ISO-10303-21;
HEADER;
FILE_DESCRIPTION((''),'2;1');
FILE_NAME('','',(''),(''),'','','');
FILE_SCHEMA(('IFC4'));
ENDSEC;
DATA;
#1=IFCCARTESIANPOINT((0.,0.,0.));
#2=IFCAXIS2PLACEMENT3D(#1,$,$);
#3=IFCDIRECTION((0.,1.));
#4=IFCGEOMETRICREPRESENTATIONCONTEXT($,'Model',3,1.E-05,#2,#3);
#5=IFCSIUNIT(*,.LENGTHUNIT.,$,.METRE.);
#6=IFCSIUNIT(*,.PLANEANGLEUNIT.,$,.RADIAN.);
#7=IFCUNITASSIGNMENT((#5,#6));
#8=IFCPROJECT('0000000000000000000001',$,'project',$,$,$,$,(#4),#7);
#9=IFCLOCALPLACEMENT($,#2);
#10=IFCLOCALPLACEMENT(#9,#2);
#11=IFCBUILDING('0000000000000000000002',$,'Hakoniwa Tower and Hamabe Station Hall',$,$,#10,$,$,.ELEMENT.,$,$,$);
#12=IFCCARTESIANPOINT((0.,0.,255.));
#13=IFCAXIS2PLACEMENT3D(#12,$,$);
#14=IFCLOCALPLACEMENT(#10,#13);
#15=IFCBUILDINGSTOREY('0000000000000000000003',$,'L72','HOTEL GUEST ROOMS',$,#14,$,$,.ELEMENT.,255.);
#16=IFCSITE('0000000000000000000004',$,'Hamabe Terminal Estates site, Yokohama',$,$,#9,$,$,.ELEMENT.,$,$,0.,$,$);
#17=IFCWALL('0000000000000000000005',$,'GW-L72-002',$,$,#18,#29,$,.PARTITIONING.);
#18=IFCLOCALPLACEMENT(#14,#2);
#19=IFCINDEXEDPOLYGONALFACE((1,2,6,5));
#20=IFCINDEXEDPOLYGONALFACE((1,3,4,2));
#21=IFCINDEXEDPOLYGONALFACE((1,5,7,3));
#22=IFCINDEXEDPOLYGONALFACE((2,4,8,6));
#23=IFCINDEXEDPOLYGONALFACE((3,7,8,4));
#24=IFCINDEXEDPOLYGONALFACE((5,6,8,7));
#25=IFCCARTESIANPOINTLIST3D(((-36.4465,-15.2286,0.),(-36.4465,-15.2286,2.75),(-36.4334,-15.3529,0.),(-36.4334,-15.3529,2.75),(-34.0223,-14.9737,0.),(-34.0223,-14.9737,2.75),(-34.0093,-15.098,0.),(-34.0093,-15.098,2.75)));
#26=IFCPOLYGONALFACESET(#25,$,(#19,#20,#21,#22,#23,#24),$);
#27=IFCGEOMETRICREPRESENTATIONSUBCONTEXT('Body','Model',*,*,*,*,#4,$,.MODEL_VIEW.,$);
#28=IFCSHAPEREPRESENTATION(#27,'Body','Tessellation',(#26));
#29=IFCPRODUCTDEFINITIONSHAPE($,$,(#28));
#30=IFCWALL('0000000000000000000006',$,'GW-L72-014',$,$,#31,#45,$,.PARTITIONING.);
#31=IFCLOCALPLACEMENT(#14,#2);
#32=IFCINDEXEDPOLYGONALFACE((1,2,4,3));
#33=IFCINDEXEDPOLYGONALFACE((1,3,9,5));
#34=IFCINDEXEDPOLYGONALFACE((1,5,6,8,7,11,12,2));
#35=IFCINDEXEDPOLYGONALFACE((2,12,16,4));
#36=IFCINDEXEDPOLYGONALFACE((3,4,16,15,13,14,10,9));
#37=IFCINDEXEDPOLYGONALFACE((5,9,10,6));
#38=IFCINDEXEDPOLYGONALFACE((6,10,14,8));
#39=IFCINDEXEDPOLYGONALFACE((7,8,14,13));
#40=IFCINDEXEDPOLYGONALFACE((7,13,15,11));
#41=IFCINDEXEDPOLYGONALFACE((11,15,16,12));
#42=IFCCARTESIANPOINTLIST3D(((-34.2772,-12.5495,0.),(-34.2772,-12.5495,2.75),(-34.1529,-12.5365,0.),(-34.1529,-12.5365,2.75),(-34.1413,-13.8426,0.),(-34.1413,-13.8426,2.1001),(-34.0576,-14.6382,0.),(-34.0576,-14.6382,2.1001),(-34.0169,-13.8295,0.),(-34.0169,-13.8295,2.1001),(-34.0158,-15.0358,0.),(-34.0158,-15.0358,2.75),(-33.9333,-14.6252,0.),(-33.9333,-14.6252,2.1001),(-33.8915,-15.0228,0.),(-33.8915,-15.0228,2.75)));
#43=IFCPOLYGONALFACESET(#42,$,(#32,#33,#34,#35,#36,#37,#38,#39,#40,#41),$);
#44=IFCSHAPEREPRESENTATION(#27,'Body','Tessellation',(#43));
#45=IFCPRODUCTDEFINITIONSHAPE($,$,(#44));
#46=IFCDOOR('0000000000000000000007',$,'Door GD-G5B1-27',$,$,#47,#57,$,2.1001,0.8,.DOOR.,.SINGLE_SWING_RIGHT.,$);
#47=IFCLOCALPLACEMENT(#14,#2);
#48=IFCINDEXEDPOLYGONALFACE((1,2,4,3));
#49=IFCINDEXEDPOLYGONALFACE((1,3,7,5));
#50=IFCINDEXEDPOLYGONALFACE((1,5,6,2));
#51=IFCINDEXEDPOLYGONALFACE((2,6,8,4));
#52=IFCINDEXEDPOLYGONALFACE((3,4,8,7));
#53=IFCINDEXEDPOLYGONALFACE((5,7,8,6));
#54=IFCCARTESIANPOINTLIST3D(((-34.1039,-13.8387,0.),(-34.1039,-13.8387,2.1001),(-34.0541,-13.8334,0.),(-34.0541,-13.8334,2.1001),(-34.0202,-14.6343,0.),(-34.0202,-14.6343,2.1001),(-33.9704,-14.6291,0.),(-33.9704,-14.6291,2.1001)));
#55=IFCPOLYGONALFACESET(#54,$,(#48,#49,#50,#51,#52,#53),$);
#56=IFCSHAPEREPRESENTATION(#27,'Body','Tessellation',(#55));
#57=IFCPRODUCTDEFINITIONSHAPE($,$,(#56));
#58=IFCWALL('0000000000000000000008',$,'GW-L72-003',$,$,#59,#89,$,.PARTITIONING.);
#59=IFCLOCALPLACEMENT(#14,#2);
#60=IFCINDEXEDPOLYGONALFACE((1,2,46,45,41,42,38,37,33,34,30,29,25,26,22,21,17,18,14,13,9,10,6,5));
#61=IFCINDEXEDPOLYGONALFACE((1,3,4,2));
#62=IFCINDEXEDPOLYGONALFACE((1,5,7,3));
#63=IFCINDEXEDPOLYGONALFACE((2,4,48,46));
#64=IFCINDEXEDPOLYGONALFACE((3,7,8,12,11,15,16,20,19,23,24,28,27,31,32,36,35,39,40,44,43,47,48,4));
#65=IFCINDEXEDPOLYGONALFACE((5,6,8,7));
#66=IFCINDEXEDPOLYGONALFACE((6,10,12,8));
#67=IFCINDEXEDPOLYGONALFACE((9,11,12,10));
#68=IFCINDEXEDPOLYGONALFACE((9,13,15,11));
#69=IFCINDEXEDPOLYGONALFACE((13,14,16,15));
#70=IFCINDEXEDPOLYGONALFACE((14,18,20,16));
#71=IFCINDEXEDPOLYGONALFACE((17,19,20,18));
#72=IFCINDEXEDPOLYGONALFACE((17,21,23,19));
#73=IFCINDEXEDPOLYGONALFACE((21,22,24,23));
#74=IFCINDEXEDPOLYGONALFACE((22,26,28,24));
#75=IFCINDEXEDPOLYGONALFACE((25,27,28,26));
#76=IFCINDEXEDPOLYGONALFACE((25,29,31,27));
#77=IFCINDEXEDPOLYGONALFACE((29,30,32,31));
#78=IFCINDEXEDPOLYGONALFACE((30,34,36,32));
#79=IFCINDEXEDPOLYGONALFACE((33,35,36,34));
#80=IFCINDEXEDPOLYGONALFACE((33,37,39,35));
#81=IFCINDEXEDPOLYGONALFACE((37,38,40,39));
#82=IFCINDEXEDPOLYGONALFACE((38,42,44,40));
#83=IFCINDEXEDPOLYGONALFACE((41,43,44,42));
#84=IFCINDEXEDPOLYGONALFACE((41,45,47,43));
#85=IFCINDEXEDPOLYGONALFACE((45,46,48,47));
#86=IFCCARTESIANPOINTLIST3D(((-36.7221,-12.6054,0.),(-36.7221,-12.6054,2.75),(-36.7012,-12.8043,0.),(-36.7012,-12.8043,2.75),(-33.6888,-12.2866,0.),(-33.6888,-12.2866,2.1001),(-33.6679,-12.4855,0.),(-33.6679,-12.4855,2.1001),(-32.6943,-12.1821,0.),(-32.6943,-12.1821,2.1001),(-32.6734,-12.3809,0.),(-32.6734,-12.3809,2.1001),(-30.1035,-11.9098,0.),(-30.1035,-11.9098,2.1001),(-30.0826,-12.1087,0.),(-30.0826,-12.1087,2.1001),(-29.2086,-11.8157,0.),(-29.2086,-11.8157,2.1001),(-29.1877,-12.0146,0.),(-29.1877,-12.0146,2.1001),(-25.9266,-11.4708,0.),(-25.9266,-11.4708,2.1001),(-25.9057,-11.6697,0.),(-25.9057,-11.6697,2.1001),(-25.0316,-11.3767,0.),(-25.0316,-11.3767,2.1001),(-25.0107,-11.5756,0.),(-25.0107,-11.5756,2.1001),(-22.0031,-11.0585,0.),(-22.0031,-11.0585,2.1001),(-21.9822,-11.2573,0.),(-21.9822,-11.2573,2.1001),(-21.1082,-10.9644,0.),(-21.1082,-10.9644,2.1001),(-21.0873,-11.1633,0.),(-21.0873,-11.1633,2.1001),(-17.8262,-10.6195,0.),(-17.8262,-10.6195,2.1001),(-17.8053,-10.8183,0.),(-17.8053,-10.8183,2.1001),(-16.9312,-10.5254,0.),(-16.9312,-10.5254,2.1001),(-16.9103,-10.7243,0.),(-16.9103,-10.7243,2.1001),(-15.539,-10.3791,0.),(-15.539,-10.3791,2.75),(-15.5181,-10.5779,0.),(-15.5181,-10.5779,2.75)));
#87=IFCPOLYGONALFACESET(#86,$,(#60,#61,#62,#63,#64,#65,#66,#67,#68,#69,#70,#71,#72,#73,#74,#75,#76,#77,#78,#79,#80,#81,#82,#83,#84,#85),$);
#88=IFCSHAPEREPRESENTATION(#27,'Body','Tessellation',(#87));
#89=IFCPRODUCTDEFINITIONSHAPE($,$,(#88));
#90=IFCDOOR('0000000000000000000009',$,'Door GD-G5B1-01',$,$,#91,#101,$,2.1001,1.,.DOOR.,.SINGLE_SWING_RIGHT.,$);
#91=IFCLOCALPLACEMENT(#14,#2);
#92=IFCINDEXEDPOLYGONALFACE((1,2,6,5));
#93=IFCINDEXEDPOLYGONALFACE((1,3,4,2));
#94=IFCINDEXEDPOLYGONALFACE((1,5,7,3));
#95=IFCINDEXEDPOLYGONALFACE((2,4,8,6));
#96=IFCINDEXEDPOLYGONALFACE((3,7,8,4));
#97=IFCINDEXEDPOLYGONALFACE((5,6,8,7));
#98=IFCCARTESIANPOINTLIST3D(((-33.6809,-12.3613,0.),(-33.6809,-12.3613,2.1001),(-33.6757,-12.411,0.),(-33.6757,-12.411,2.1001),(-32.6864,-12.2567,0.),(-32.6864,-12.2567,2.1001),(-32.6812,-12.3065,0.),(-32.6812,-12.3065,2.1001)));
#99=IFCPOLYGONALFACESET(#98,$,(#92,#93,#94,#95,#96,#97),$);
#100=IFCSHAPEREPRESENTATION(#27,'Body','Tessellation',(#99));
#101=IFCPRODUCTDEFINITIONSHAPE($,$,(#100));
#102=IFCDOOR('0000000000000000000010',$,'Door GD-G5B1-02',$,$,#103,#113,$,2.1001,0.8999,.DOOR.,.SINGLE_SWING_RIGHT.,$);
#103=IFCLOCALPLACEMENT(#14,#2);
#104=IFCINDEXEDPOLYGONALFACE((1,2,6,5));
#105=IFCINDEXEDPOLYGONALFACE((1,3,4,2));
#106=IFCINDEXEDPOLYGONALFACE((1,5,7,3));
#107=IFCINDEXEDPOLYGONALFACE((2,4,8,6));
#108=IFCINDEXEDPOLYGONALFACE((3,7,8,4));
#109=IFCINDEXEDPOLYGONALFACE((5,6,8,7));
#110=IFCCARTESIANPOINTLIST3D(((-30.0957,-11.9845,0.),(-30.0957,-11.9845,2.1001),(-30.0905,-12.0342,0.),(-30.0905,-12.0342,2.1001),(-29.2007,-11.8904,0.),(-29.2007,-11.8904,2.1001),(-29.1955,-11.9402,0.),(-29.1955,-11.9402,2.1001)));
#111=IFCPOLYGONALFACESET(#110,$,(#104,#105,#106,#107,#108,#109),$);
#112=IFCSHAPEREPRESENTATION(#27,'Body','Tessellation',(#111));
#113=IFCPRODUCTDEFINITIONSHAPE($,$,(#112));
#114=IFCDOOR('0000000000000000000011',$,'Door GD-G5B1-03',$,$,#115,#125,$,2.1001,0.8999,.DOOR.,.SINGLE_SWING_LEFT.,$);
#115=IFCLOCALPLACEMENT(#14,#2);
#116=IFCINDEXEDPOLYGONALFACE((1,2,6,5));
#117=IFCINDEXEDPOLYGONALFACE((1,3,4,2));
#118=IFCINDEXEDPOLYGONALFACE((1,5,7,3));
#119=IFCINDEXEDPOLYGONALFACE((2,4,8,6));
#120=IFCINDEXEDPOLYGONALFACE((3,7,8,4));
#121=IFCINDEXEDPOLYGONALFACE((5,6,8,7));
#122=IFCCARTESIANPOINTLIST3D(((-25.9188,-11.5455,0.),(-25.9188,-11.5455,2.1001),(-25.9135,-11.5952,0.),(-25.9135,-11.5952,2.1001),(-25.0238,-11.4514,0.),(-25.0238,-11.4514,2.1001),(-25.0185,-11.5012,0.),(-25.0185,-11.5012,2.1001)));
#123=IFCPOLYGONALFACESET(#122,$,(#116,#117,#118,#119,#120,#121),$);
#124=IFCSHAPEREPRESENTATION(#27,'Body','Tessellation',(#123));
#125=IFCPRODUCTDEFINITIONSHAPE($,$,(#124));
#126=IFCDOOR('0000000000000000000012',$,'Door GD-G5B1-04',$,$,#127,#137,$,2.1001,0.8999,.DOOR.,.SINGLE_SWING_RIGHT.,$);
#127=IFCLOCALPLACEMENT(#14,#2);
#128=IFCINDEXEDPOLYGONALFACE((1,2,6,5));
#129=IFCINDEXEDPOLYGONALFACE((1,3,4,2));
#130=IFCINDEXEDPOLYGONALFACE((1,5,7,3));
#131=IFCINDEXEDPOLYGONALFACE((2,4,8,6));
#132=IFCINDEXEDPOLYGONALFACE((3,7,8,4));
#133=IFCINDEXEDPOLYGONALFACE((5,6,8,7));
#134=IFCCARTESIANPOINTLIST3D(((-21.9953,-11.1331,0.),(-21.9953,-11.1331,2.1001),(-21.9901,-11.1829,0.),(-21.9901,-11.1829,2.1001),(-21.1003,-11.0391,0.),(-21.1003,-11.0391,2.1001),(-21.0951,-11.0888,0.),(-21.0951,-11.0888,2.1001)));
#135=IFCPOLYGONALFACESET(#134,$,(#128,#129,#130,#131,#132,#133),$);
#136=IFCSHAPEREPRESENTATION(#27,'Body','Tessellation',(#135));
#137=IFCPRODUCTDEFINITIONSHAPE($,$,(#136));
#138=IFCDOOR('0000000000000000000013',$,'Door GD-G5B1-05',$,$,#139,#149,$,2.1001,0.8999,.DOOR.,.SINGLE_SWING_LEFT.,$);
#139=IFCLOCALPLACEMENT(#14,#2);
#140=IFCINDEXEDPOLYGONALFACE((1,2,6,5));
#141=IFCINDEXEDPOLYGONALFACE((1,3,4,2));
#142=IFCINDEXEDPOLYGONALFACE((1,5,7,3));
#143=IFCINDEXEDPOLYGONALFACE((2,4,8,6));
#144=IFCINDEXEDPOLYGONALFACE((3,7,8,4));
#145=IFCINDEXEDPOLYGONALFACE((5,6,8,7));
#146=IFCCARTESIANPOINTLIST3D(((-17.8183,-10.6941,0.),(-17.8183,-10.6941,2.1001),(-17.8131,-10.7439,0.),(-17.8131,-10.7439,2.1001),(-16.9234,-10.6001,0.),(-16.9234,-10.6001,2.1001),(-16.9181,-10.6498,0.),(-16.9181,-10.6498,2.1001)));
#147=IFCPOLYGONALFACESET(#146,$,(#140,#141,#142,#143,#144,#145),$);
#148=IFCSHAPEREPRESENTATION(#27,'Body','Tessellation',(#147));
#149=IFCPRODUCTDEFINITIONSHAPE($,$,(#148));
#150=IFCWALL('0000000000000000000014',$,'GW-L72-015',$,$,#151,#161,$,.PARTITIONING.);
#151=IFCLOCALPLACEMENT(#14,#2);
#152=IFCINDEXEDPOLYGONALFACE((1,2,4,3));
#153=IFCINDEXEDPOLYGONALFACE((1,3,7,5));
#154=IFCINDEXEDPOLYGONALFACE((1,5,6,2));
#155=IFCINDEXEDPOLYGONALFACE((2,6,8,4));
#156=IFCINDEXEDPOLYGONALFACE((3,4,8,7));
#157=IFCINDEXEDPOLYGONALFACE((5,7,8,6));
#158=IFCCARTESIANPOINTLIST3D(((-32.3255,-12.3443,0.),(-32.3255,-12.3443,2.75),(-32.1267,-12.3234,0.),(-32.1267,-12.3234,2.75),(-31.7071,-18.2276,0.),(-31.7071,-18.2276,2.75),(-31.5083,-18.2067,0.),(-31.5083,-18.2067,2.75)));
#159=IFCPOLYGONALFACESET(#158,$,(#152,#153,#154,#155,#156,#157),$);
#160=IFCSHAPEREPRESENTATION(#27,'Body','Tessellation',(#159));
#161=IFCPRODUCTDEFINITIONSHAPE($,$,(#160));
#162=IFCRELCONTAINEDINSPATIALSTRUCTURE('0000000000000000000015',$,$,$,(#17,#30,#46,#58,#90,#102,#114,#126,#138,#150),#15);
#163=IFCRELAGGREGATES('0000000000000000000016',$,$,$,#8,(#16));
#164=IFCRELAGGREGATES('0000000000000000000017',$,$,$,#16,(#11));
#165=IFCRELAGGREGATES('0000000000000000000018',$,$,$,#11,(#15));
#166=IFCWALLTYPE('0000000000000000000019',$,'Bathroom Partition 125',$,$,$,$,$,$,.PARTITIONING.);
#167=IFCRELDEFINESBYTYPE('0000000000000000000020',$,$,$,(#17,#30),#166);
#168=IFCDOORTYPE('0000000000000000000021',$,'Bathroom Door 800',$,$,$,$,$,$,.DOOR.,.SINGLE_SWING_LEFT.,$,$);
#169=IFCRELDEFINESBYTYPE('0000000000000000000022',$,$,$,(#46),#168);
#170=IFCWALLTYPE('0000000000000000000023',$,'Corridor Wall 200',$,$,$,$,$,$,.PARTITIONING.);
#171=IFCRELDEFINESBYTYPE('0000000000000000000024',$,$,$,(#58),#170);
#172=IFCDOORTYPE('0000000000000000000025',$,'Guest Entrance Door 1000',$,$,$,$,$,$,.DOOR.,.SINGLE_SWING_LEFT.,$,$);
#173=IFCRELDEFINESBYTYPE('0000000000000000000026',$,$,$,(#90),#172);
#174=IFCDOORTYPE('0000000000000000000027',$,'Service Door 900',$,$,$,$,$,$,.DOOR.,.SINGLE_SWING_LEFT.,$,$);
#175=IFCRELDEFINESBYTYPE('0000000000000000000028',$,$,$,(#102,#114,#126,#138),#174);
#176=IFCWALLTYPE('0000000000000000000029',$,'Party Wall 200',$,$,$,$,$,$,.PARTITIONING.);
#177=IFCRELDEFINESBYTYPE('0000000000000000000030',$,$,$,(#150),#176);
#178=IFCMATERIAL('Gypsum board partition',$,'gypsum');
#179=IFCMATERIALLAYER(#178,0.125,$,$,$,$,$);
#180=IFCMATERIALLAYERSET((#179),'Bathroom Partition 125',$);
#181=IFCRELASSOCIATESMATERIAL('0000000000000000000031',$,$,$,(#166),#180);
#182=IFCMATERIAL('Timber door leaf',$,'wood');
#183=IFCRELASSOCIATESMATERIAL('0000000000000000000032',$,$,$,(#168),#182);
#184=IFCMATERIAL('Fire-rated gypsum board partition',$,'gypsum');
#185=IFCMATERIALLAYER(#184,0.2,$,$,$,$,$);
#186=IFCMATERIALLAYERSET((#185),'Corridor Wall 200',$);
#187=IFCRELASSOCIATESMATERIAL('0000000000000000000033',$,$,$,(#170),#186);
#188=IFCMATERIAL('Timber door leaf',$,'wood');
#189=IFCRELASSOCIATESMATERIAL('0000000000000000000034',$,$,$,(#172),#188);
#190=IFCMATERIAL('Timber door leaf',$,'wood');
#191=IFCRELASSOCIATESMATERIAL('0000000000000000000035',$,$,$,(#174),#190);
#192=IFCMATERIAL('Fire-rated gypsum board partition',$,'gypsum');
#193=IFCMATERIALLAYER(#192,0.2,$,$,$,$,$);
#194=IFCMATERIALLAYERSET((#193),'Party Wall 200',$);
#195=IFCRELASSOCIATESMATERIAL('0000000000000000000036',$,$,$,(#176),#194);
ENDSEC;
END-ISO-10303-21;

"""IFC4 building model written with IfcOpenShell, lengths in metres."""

from ifc_helpers import new_model, si_unit, direction, frame, frame_2d, origin, place, context, subcontext, project, spatial, rectangle, extrude, material, layer, layer_set, type_object, element, fill, save


model = new_model("IFC4")

# Units and contexts
model_context = context("Model", 3, precision=1e-05, world=origin(), true_north=direction((0.0, 1.0)))
body_context = subcontext(model_context, "Body", "Model", "MODEL_VIEW")
ifc_project = project(units=[si_unit("LENGTHUNIT", "METRE"), si_unit("PLANEANGLEUNIT", "RADIAN")], contexts=[model_context])

# Site, building, storey
site_placement = place(None, origin())
site = spatial("IfcSite", under=ifc_project, at=site_placement, Name="Hamabe Terminal Estates site, Yokohama", CompositionType="ELEMENT", RefElevation=0.0)
building_placement = place(site_placement, origin())
building = spatial("IfcBuilding", under=site, at=building_placement, Name="Hakoniwa Tower and Hamabe Station Hall", CompositionType="ELEMENT")
storey_placement = place(building_placement, frame((0.0, 0.0, 255.0)))
storey = spatial("IfcBuildingStorey", under=building, at=storey_placement, Name="L72", Description="HOTEL GUEST ROOMS", CompositionType="ELEMENT", Elevation=255.0)

# Wall
ifc_material_1 = material(Name="Gypsum board partition", Category="gypsum")
ifc_layer_1 = layer(ifc_material_1, 0.125)
ifc_layer_set_1 = layer_set([ifc_layer_1], Name="Bathroom Partition 125")
wall_type_1 = type_object("IfcWallType", Name="Bathroom Partition 125", PredefinedType="PARTITIONING", material=ifc_layer_set_1)
wall_1_placement = place(storey_placement, frame((-36.4399, -15.2908, 0.0), z_axis=(0.0, 0.0, 1.0), x_axis=(0.994518, 0.10457, 0.0)))
element("IfcWall", 1, at=wall_1_placement, inside=storey, type_object=wall_type_1, Name="GW-L72-002", PredefinedType="PARTITIONING", context=body_context, shape_type="SweptSolid", body=[
    extrude(rectangle(XDim=2.4375, YDim=0.125, at=frame_2d((1.2188, 0.0))), origin(), (0.0, 0.0, 1.0), 2.75),
])

# Wall, opening, door
wall_2_placement = place(storey_placement, frame((-33.9536, -15.0293, 0.0), z_axis=(0.0, 0.0, 1.0), x_axis=(-0.104588, 0.994516, 0.0)))
wall_2 = element("IfcWall", 2, at=wall_2_placement, inside=storey, type_object=wall_type_1, Name="GW-L72-014", PredefinedType="PARTITIONING", context=body_context, shape_type="SweptSolid", body=[
    extrude(rectangle(XDim=2.5, YDim=0.125, at=frame_2d((1.25, 0.0))), origin(), (0.0, 0.0, 1.0), 2.75),
])
opening_1_placement = place(wall_2_placement, frame((0.3999, 0.0, 0.0)))
opening_1 = element("IfcOpeningElement", 3, at=opening_1_placement, cuts=wall_2, PredefinedType="OPENING", context=body_context, shape_type="SweptSolid", body=[
    extrude(rectangle(XDim=0.8, YDim=2.1001, at=frame_2d((0.3999, 1.05))), frame((0.0, 0.0725, 0.0), z_axis=(0.0, -1.0, 0.0), x_axis=(1.0, 0.0, 0.0)), (0.0, 0.0, 1.0), 0.145),
])
ifc_material_2 = material(Name="Timber door leaf", Category="wood")
door_type_1 = type_object("IfcDoorType", Name="Bathroom Door 800", OperationType="SINGLE_SWING_LEFT", PredefinedType="DOOR", material=ifc_material_2)
door_1_placement = place(opening_1_placement, origin())
door_1 = element("IfcDoor", 4, at=door_1_placement, inside=storey, type_object=door_type_1, Name="Door GD-G5B1-27", OperationType="SINGLE_SWING_RIGHT", OverallHeight=2.1001, OverallWidth=0.8, PredefinedType="DOOR", context=body_context, shape_type="SweptSolid", body=[
    extrude(rectangle(XDim=0.8, YDim=2.1001, at=frame_2d((0.3999, 1.05))), frame((0.0, 0.0249, 0.0), z_axis=(0.0, -1.0, 0.0), x_axis=(1.0, 0.0, 0.0)), (0.0, 0.0, 1.0), 0.05),
])
fill(opening_1, door_1)

# Wall, openings, doors
ifc_material_3 = material(Name="Fire-rated gypsum board partition", Category="gypsum")
ifc_layer_2 = layer(ifc_material_3, 0.2)
ifc_layer_set_2 = layer_set([ifc_layer_2], Name="Corridor Wall 200")
wall_type_2 = type_object("IfcWallType", Name="Corridor Wall 200", PredefinedType="PARTITIONING", material=ifc_layer_set_2)
wall_3_placement = place(storey_placement, frame((-36.7117, -12.7048, 0.0), z_axis=(0.0, 0.0, 1.0), x_axis=(0.994522, 0.104523, 0.0)))
wall_3 = element("IfcWall", 5, at=wall_3_placement, inside=storey, type_object=wall_type_2, Name="GW-L72-003", PredefinedType="PARTITIONING", context=body_context, shape_type="SweptSolid", body=[
    extrude(rectangle(XDim=21.2998, YDim=0.2, at=frame_2d((10.6499, 0.0))), origin(), (0.0, 0.0, 1.0), 2.75),
])
opening_2_placement = place(wall_3_placement, frame((3.05, 0.0, 0.0)))
opening_2 = element("IfcOpeningElement", 6, at=opening_2_placement, cuts=wall_3, PredefinedType="OPENING", context=body_context, shape_type="SweptSolid", body=[
    extrude(rectangle(XDim=1.0, YDim=2.1001, at=frame_2d((0.5, 1.05))), frame((0.0, 0.1099, 0.0), z_axis=(0.0, -1.0, 0.0), x_axis=(1.0, 0.0, 0.0)), (0.0, 0.0, 1.0), 0.22),
])
opening_3_placement = place(wall_3_placement, frame((6.655, 0.0, 0.0)))
opening_3 = element("IfcOpeningElement", 7, at=opening_3_placement, cuts=wall_3, PredefinedType="OPENING", context=body_context, shape_type="SweptSolid", body=[
    extrude(rectangle(XDim=0.8999, YDim=2.1001, at=frame_2d((0.45, 1.05))), frame((0.0, 0.1099, 0.0), z_axis=(0.0, -1.0, 0.0), x_axis=(1.0, 0.0, 0.0)), (0.0, 0.0, 1.0), 0.22),
])
opening_4_placement = place(wall_3_placement, frame((10.855, 0.0, 0.0)))
opening_4 = element("IfcOpeningElement", 8, at=opening_4_placement, cuts=wall_3, PredefinedType="OPENING", context=body_context, shape_type="SweptSolid", body=[
    extrude(rectangle(XDim=0.8999, YDim=2.1001, at=frame_2d((0.45, 1.05))), frame((0.0, 0.1099, 0.0), z_axis=(0.0, -1.0, 0.0), x_axis=(1.0, 0.0, 0.0)), (0.0, 0.0, 1.0), 0.22),
])
opening_5_placement = place(wall_3_placement, frame((14.8, 0.0, 0.0)))
opening_5 = element("IfcOpeningElement", 9, at=opening_5_placement, cuts=wall_3, PredefinedType="OPENING", context=body_context, shape_type="SweptSolid", body=[
    extrude(rectangle(XDim=0.8999, YDim=2.1001, at=frame_2d((0.45, 1.05))), frame((0.0, 0.1099, 0.0), z_axis=(0.0, -1.0, 0.0), x_axis=(1.0, 0.0, 0.0)), (0.0, 0.0, 1.0), 0.22),
])
opening_6_placement = place(wall_3_placement, frame((19.0, 0.0, 0.0)))
opening_6 = element("IfcOpeningElement", 10, at=opening_6_placement, cuts=wall_3, PredefinedType="OPENING", context=body_context, shape_type="SweptSolid", body=[
    extrude(rectangle(XDim=0.8999, YDim=2.1001, at=frame_2d((0.45, 1.05))), frame((0.0, 0.1099, 0.0), z_axis=(0.0, -1.0, 0.0), x_axis=(1.0, 0.0, 0.0)), (0.0, 0.0, 1.0), 0.22),
])
ifc_material_4 = material(Name="Timber door leaf", Category="wood")
door_type_2 = type_object("IfcDoorType", Name="Guest Entrance Door 1000", OperationType="SINGLE_SWING_LEFT", PredefinedType="DOOR", material=ifc_material_4)
door_2_placement = place(opening_2_placement, origin())
door_2 = element("IfcDoor", 11, at=door_2_placement, inside=storey, type_object=door_type_2, Name="Door GD-G5B1-01", OperationType="SINGLE_SWING_RIGHT", OverallHeight=2.1001, OverallWidth=1.0, PredefinedType="DOOR", context=body_context, shape_type="SweptSolid", body=[
    extrude(rectangle(XDim=1.0, YDim=2.1001, at=frame_2d((0.5, 1.05))), frame((0.0, 0.0249, 0.0), z_axis=(0.0, -1.0, 0.0), x_axis=(1.0, 0.0, 0.0)), (0.0, 0.0, 1.0), 0.05),
])
fill(opening_2, door_2)
ifc_material_5 = material(Name="Timber door leaf", Category="wood")
door_type_3 = type_object("IfcDoorType", Name="Service Door 900", OperationType="SINGLE_SWING_LEFT", PredefinedType="DOOR", material=ifc_material_5)
door_3_placement = place(opening_3_placement, origin())
door_3 = element("IfcDoor", 12, at=door_3_placement, inside=storey, type_object=door_type_3, Name="Door GD-G5B1-02", OperationType="SINGLE_SWING_RIGHT", OverallHeight=2.1001, OverallWidth=0.8999, PredefinedType="DOOR", context=body_context, shape_type="SweptSolid", body=[
    extrude(rectangle(XDim=0.8999, YDim=2.1001, at=frame_2d((0.45, 1.05))), frame((0.0, 0.0249, 0.0), z_axis=(0.0, -1.0, 0.0), x_axis=(1.0, 0.0, 0.0)), (0.0, 0.0, 1.0), 0.05),
])
fill(opening_3, door_3)
door_4_placement = place(opening_4_placement, origin())
door_4 = element("IfcDoor", 13, at=door_4_placement, inside=storey, type_object=door_type_3, Name="Door GD-G5B1-03", OperationType="SINGLE_SWING_LEFT", OverallHeight=2.1001, OverallWidth=0.8999, PredefinedType="DOOR", context=body_context, shape_type="SweptSolid", body=[
    extrude(rectangle(XDim=0.8999, YDim=2.1001, at=frame_2d((0.45, 1.05))), frame((0.0, 0.0249, 0.0), z_axis=(0.0, -1.0, 0.0), x_axis=(1.0, 0.0, 0.0)), (0.0, 0.0, 1.0), 0.05),
])
fill(opening_4, door_4)
door_5_placement = place(opening_5_placement, origin())
door_5 = element("IfcDoor", 14, at=door_5_placement, inside=storey, type_object=door_type_3, Name="Door GD-G5B1-04", OperationType="SINGLE_SWING_RIGHT", OverallHeight=2.1001, OverallWidth=0.8999, PredefinedType="DOOR", context=body_context, shape_type="SweptSolid", body=[
    extrude(rectangle(XDim=0.8999, YDim=2.1001, at=frame_2d((0.45, 1.05))), frame((0.0, 0.0249, 0.0), z_axis=(0.0, -1.0, 0.0), x_axis=(1.0, 0.0, 0.0)), (0.0, 0.0, 1.0), 0.05),
])
fill(opening_5, door_5)
door_6_placement = place(opening_6_placement, origin())
door_6 = element("IfcDoor", 15, at=door_6_placement, inside=storey, type_object=door_type_3, Name="Door GD-G5B1-05", OperationType="SINGLE_SWING_LEFT", OverallHeight=2.1001, OverallWidth=0.8999, PredefinedType="DOOR", context=body_context, shape_type="SweptSolid", body=[
    extrude(rectangle(XDim=0.8999, YDim=2.1001, at=frame_2d((0.45, 1.05))), frame((0.0, 0.0249, 0.0), z_axis=(0.0, -1.0, 0.0), x_axis=(1.0, 0.0, 0.0)), (0.0, 0.0, 1.0), 0.05),
])
fill(opening_6, door_6)

# Wall
ifc_material_6 = material(Name="Fire-rated gypsum board partition", Category="gypsum")
ifc_layer_3 = layer(ifc_material_6, 0.2)
ifc_layer_set_3 = layer_set([ifc_layer_3], Name="Party Wall 200")
wall_type_3 = type_object("IfcWallType", Name="Party Wall 200", PredefinedType="PARTITIONING", material=ifc_layer_set_3)
wall_4_placement = place(storey_placement, frame((-31.6077, -18.2173, 0.0), z_axis=(0.0, 0.0, 1.0), x_axis=(-0.104537, 0.994521, 0.0)))
element("IfcWall", 16, at=wall_4_placement, inside=storey, type_object=wall_type_3, Name="GW-L72-015", PredefinedType="PARTITIONING", context=body_context, shape_type="SweptSolid", body=[
    extrude(rectangle(XDim=5.9158, YDim=0.2, at=frame_2d((2.958, 0.0))), origin(), (0.0, 0.0, 1.0), 2.75),
])

save(model, "model.ifc")
